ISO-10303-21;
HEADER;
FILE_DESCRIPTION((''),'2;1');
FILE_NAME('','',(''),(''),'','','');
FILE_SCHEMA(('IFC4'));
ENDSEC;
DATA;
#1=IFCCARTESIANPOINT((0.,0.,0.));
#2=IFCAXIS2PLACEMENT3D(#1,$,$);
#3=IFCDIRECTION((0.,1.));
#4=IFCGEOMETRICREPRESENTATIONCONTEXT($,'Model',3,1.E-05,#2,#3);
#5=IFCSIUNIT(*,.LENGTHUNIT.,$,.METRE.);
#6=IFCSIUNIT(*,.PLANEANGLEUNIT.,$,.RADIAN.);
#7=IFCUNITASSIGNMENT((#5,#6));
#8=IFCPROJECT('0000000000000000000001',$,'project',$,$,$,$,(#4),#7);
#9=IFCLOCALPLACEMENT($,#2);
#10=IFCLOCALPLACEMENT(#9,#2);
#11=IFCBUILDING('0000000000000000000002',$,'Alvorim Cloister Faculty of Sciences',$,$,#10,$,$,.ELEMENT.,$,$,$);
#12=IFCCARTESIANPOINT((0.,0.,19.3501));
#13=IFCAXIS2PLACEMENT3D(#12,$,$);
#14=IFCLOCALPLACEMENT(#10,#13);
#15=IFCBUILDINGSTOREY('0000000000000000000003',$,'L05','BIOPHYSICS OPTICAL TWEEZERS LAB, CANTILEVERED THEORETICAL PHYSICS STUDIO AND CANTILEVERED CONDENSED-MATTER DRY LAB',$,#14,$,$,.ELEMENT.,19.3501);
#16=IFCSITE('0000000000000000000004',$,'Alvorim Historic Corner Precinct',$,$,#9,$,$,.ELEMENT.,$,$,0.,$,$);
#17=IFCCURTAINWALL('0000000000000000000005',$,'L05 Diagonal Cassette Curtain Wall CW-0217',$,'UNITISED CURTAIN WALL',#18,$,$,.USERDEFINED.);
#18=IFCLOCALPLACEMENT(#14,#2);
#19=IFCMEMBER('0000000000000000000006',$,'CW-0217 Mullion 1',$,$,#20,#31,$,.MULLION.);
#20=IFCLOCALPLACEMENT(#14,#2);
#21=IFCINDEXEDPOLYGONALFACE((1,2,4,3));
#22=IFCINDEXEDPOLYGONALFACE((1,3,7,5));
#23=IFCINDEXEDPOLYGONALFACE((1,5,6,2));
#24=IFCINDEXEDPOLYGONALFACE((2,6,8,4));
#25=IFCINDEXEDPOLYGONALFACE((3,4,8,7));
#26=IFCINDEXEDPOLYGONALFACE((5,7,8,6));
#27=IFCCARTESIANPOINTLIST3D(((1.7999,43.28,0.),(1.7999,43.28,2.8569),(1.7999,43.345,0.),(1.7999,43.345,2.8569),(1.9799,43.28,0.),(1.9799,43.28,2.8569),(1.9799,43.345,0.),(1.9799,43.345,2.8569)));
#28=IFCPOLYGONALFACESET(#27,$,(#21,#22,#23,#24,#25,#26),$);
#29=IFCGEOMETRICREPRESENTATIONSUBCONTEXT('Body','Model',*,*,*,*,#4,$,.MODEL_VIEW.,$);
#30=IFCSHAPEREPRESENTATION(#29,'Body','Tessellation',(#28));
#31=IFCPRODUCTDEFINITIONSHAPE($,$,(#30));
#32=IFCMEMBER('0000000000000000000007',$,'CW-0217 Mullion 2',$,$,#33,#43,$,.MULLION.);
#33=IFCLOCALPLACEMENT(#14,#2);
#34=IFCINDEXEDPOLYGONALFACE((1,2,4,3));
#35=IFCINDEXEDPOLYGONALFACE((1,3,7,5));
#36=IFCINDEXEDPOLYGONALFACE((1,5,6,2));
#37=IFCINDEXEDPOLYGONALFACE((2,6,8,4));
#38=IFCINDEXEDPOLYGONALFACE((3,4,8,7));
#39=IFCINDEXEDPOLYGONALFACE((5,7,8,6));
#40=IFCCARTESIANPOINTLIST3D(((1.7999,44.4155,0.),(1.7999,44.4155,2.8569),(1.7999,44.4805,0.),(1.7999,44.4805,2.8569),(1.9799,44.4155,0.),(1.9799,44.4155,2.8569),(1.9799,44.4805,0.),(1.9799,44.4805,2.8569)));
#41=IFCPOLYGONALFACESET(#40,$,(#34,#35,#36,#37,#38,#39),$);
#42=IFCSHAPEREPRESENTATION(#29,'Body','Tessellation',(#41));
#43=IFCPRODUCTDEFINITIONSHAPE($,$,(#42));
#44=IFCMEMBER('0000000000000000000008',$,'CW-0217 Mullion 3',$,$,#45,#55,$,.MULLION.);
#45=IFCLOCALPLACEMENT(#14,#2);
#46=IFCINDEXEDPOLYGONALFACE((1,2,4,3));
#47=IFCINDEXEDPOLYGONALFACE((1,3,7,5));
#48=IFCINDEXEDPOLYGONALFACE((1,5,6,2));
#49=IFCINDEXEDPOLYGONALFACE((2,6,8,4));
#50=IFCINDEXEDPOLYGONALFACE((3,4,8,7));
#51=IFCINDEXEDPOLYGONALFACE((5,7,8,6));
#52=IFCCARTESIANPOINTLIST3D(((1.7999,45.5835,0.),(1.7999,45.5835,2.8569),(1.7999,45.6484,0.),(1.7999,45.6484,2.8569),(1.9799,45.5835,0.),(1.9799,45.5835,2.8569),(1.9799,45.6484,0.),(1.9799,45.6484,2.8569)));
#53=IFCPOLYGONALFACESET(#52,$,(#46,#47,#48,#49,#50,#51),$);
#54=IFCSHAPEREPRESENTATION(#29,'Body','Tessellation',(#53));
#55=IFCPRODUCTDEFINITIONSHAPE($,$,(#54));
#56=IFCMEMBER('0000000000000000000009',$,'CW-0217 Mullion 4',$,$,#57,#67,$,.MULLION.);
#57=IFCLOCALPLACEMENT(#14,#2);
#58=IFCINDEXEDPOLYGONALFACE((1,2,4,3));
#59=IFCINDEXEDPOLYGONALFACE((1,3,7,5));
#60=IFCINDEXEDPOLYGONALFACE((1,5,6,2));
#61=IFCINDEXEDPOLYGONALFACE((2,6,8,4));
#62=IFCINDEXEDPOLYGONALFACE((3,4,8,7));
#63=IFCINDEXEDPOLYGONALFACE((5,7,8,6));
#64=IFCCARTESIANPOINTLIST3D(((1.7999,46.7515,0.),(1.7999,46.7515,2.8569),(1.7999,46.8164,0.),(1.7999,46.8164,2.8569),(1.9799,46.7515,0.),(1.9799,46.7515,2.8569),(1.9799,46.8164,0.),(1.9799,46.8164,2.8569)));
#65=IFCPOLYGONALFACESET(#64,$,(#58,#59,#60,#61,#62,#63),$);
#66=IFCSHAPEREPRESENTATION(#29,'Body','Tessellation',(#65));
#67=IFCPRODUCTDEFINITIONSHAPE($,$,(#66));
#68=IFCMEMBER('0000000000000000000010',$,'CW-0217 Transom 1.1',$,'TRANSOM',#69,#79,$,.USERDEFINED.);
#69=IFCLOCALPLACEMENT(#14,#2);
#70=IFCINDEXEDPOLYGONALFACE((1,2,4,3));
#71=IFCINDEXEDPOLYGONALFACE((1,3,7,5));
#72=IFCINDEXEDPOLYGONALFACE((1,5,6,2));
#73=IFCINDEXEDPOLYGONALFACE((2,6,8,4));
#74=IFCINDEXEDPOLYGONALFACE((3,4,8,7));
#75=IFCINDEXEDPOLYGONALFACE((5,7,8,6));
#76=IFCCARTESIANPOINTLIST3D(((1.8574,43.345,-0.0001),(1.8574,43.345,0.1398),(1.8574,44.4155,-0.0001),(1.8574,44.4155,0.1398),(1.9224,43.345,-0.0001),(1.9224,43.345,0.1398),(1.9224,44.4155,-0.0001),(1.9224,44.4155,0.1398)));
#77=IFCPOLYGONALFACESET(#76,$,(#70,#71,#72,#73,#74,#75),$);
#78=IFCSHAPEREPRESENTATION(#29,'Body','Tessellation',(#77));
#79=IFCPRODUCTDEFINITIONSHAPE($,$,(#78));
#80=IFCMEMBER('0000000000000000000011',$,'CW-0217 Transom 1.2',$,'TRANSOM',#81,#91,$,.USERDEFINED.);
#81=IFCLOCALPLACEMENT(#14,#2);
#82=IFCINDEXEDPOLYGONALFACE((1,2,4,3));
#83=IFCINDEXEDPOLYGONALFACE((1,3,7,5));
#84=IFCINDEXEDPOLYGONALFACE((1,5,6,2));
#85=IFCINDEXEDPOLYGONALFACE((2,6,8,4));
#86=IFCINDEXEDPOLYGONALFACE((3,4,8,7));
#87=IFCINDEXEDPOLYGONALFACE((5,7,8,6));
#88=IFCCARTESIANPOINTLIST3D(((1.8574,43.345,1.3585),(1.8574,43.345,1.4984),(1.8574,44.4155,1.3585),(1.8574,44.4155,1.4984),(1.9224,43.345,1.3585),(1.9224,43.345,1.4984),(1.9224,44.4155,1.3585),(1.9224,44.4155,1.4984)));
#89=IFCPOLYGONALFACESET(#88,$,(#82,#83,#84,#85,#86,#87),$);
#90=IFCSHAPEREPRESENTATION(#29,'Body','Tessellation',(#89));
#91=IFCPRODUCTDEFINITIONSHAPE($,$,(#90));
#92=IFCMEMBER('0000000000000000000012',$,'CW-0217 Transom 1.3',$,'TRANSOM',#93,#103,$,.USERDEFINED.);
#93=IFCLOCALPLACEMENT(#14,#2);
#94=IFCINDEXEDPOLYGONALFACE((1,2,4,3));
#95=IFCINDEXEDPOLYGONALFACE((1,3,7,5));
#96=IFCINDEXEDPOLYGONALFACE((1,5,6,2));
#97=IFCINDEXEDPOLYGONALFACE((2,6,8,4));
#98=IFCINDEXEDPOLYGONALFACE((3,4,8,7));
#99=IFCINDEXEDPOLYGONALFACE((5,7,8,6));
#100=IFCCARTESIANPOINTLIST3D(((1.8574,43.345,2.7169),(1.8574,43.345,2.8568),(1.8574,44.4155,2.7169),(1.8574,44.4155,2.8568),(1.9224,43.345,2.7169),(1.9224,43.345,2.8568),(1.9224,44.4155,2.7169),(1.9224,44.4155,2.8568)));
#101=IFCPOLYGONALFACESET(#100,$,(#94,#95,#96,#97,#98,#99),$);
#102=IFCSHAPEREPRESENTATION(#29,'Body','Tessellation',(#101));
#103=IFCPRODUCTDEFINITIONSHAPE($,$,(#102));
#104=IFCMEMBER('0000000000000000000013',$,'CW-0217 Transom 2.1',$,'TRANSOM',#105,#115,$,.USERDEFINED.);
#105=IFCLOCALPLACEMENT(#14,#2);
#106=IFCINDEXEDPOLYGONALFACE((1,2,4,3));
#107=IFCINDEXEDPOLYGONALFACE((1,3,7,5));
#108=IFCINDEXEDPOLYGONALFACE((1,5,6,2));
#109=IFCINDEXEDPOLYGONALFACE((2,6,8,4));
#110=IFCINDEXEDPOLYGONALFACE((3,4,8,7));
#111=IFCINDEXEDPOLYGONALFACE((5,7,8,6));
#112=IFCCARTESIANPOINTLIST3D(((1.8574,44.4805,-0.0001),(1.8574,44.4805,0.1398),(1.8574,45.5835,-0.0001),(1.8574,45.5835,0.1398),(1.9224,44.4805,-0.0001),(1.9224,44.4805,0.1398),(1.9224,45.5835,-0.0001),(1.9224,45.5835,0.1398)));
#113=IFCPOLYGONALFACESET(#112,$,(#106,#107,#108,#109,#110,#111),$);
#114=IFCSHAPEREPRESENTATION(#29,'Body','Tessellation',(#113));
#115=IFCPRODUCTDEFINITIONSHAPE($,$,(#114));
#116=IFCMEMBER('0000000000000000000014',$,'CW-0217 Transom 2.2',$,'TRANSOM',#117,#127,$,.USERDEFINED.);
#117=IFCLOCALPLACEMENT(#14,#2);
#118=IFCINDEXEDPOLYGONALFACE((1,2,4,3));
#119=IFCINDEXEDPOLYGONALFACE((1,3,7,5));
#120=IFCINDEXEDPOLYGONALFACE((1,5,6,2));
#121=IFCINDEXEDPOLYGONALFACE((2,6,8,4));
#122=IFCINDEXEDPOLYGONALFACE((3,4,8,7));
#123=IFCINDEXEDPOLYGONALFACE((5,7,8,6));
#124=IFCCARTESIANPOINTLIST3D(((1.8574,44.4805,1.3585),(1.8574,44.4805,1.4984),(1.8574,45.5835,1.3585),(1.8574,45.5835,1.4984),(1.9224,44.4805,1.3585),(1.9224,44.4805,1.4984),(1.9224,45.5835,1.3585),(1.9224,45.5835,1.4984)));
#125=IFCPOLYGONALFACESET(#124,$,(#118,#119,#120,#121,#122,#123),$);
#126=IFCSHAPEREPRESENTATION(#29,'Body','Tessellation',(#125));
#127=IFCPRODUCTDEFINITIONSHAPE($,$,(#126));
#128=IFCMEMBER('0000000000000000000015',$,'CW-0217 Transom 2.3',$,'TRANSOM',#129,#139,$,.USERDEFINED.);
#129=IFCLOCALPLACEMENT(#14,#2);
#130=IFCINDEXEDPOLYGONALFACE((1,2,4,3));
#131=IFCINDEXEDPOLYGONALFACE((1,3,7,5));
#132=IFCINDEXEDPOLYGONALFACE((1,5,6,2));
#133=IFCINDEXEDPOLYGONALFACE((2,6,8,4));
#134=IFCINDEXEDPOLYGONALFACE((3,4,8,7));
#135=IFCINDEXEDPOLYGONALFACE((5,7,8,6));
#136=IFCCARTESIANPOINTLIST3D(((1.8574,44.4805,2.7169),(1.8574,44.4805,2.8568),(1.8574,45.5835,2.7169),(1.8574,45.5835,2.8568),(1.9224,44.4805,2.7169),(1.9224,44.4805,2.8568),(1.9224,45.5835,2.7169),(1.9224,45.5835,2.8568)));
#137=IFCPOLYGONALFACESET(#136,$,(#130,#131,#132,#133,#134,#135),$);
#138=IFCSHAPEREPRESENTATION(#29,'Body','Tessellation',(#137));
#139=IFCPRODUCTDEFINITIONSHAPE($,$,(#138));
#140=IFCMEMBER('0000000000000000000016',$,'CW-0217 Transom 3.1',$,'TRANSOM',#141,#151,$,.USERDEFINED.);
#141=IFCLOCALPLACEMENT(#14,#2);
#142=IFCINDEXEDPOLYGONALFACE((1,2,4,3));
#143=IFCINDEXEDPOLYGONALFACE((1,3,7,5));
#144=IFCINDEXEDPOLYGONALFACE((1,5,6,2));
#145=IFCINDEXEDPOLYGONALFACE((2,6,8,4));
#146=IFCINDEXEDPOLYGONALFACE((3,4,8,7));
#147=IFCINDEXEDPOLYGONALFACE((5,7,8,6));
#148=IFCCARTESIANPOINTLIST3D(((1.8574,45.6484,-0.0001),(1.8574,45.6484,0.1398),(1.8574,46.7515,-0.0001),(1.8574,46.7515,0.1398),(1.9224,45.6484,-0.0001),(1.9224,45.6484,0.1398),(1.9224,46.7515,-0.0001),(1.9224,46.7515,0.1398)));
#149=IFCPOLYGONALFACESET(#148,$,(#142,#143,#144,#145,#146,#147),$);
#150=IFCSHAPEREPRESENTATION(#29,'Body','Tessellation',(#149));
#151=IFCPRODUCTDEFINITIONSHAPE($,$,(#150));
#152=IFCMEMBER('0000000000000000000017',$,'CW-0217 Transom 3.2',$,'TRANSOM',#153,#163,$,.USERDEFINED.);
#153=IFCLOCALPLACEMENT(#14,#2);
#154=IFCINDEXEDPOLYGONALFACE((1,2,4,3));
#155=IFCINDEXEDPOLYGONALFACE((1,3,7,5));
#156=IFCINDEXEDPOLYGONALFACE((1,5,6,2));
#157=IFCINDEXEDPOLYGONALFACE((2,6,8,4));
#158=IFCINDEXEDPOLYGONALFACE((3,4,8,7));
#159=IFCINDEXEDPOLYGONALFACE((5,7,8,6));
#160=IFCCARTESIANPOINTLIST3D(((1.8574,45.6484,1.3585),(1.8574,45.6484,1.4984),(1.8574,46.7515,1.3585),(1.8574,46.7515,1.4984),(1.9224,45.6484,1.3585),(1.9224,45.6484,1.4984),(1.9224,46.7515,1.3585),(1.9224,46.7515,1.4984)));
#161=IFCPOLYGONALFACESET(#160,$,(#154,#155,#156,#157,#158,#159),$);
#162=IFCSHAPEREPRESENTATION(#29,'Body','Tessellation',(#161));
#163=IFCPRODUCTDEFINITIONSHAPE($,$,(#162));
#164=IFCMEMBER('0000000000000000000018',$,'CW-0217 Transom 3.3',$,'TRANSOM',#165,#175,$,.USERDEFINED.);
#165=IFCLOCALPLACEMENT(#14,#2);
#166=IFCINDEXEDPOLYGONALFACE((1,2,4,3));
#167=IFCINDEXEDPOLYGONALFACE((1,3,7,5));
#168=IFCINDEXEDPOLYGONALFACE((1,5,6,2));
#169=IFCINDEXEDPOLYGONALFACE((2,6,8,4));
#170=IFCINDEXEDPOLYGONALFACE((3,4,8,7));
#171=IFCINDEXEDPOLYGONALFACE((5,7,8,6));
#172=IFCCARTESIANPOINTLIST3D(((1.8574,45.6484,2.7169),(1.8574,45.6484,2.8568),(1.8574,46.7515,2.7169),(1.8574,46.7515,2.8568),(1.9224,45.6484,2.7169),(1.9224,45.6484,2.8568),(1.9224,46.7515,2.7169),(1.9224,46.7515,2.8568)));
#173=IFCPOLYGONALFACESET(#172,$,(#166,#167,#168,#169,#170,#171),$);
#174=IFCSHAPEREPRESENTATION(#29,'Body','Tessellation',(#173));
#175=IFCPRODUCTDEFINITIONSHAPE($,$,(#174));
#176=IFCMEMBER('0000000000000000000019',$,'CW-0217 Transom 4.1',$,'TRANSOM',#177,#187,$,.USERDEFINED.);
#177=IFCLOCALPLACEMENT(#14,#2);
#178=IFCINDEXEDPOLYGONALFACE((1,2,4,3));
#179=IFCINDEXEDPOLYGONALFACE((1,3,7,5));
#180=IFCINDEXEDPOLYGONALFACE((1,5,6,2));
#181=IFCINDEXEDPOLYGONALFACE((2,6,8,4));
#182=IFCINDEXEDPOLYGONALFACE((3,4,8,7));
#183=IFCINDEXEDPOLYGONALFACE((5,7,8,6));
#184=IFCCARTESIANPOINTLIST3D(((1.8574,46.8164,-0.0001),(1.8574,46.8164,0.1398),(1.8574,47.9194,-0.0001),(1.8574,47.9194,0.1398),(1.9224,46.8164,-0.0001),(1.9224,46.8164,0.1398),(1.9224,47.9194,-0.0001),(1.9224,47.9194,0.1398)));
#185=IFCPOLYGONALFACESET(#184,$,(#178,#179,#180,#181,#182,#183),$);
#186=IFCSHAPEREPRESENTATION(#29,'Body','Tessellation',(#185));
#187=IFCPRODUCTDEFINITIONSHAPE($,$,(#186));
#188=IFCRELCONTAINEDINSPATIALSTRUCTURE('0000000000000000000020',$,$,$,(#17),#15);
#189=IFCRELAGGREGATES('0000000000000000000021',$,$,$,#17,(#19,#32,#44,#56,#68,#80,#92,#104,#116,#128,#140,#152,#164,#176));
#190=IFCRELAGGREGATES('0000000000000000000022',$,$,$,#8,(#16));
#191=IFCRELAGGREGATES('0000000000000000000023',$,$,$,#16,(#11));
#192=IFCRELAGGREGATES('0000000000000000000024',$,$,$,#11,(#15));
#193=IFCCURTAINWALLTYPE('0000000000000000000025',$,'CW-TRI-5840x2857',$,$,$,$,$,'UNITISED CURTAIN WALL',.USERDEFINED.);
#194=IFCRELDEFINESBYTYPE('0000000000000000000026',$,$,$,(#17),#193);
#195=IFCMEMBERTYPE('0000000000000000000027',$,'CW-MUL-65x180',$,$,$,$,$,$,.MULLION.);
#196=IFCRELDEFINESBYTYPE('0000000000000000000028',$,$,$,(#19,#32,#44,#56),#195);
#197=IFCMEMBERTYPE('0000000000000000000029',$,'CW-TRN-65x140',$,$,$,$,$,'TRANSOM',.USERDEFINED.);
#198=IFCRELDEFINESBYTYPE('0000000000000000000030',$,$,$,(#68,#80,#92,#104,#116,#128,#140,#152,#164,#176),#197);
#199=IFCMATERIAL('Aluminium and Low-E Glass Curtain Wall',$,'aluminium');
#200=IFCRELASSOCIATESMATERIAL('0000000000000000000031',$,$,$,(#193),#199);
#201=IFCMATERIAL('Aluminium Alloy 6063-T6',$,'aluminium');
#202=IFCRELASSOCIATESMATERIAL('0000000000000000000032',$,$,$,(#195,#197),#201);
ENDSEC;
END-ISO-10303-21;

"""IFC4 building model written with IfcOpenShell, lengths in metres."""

from ifc_helpers import new_model, si_unit, direction, frame, origin, origin_2d, place, context, subcontext, project, spatial, rectangle, extrude, material, material_profile, profile_set, type_object, element, aggregate, save


model = new_model("IFC4")

# Units and contexts
model_context = context("Model", 3, precision=1e-05, world=origin(), true_north=direction((0.0, 1.0)))
body_context = subcontext(model_context, "Body", "Model", "MODEL_VIEW")
ifc_project = project(units=[si_unit("LENGTHUNIT", "METRE"), si_unit("PLANEANGLEUNIT", "RADIAN")], contexts=[model_context])

# Site, building, storey
site_placement = place(None, origin())
site = spatial("IfcSite", under=ifc_project, at=site_placement, Name="Alvorim Historic Corner Precinct", CompositionType="ELEMENT", RefElevation=0.0)
building_placement = place(site_placement, origin())
building = spatial("IfcBuilding", under=site, at=building_placement, Name="Alvorim Cloister Faculty of Sciences", CompositionType="ELEMENT")
storey_placement = place(building_placement, frame((0.0, 0.0, 19.3501)))
storey = spatial("IfcBuildingStorey", under=building, at=storey_placement, Name="L05", Description="BIOPHYSICS OPTICAL TWEEZERS LAB, CANTILEVERED THEORETICAL PHYSICS STUDIO AND CANTILEVERED CONDENSED-MATTER DRY LAB", CompositionType="ELEMENT", Elevation=19.3501)

# Curtain wall, members
ifc_material_1 = material(Name="Aluminium and Low-E Glass Curtain Wall", Category="aluminium")
curtain_wall_type = type_object("IfcCurtainWallType", Name="CW-TRI-5840x2857", ElementType="UNITISED CURTAIN WALL", PredefinedType="USERDEFINED", material=ifc_material_1)
curtain_wall_placement = place(storey_placement, origin())
curtain_wall = element("IfcCurtainWall", 1, at=curtain_wall_placement, inside=storey, type_object=curtain_wall_type, Name="L05 Diagonal Cassette Curtain Wall CW-0217", ObjectType="UNITISED CURTAIN WALL", PredefinedType="USERDEFINED")
ifc_material_2 = material(Name="Aluminium Alloy 6063-T6", Category="aluminium")
ifc_material_profile_1 = material_profile(ifc_material_2, rectangle(XDim=0.0649, YDim=0.1799, at=origin_2d()), Name="ALU-MUL-65x180")
ifc_profile_set_1 = profile_set([ifc_material_profile_1], Name="Aluminium Alloy 6063-T6")
member_type_1 = type_object("IfcMemberType", Name="CW-MUL-65x180", PredefinedType="MULLION", material=ifc_profile_set_1)
member_1_placement = place(storey_placement, frame((1.8899, 43.3125, 0.0), z_axis=(0.0, 0.0, 1.0), x_axis=(0.0, 1.0, 0.0)))
member_1 = element("IfcMember", 2, at=member_1_placement, type_object=member_type_1, Name="CW-0217 Mullion 1", PredefinedType="MULLION", context=body_context, shape_type="SweptSolid", body=[
    extrude(rectangle(XDim=0.0649, YDim=0.1799, at=origin_2d()), origin(), (0.0, 0.0, 1.0), 2.8569),
])
member_2_placement = place(storey_placement, frame((1.8899, 44.448, 0.0), z_axis=(0.0, 0.0, 1.0), x_axis=(0.0, 1.0, 0.0)))
member_2 = element("IfcMember", 3, at=member_2_placement, type_object=member_type_1, Name="CW-0217 Mullion 2", PredefinedType="MULLION", context=body_context, shape_type="SweptSolid", body=[
    extrude(rectangle(XDim=0.0649, YDim=0.1799, at=origin_2d()), origin(), (0.0, 0.0, 1.0), 2.8569),
])
member_3_placement = place(storey_placement, frame((1.8899, 45.616, 0.0), z_axis=(0.0, 0.0, 1.0), x_axis=(0.0, 1.0, 0.0)))
member_3 = element("IfcMember", 4, at=member_3_placement, type_object=member_type_1, Name="CW-0217 Mullion 3", PredefinedType="MULLION", context=body_context, shape_type="SweptSolid", body=[
    extrude(rectangle(XDim=0.0649, YDim=0.1799, at=origin_2d()), origin(), (0.0, 0.0, 1.0), 2.8569),
])
member_4_placement = place(storey_placement, frame((1.8899, 46.7839, 0.0), z_axis=(0.0, 0.0, 1.0), x_axis=(0.0, 1.0, 0.0)))
member_4 = element("IfcMember", 5, at=member_4_placement, type_object=member_type_1, Name="CW-0217 Mullion 4", PredefinedType="MULLION", context=body_context, shape_type="SweptSolid", body=[
    extrude(rectangle(XDim=0.0649, YDim=0.1799, at=origin_2d()), origin(), (0.0, 0.0, 1.0), 2.8569),
])
ifc_material_profile_2 = material_profile(ifc_material_2, rectangle(XDim=0.0649, YDim=0.1399, at=origin_2d()), Name="ALU-TRN-65x140")
ifc_profile_set_2 = profile_set([ifc_material_profile_2], Name="Aluminium Alloy 6063-T6")
member_type_2 = type_object("IfcMemberType", Name="CW-TRN-65x140", ElementType="TRANSOM", PredefinedType="USERDEFINED", material=ifc_profile_set_2)
member_5_placement = place(storey_placement, frame((1.8899, 43.345, 0.0698), z_axis=(0.0, 1.0, 0.0), x_axis=(-1.0, 0.0, 0.0)))
member_5 = element("IfcMember", 6, at=member_5_placement, type_object=member_type_2, Name="CW-0217 Transom 1.1", ObjectType="TRANSOM", PredefinedType="USERDEFINED", context=body_context, shape_type="SweptSolid", body=[
    extrude(rectangle(XDim=0.0649, YDim=0.1399, at=origin_2d()), origin(), (0.0, 0.0, 1.0), 1.0706),
])
member_6_placement = place(storey_placement, frame((1.8899, 43.345, 1.4285), z_axis=(0.0, 1.0, 0.0), x_axis=(-1.0, 0.0, 0.0)))
member_6 = element("IfcMember", 7, at=member_6_placement, type_object=member_type_2, Name="CW-0217 Transom 1.2", ObjectType="TRANSOM", PredefinedType="USERDEFINED", context=body_context, shape_type="SweptSolid", body=[
    extrude(rectangle(XDim=0.0649, YDim=0.1399, at=origin_2d()), origin(), (0.0, 0.0, 1.0), 1.0706),
])
member_7_placement = place(storey_placement, frame((1.8899, 43.345, 2.7869), z_axis=(0.0, 1.0, 0.0), x_axis=(-1.0, 0.0, 0.0)))
member_7 = element("IfcMember", 8, at=member_7_placement, type_object=member_type_2, Name="CW-0217 Transom 1.3", ObjectType="TRANSOM", PredefinedType="USERDEFINED", context=body_context, shape_type="SweptSolid", body=[
    extrude(rectangle(XDim=0.0649, YDim=0.1399, at=origin_2d()), origin(), (0.0, 0.0, 1.0), 1.0706),
])
member_8_placement = place(storey_placement, frame((1.8899, 44.4805, 0.0698), z_axis=(0.0, 1.0, 0.0), x_axis=(-1.0, 0.0, 0.0)))
member_8 = element("IfcMember", 9, at=member_8_placement, type_object=member_type_2, Name="CW-0217 Transom 2.1", ObjectType="TRANSOM", PredefinedType="USERDEFINED", context=body_context, shape_type="SweptSolid", body=[
    extrude(rectangle(XDim=0.0649, YDim=0.1399, at=origin_2d()), origin(), (0.0, 0.0, 1.0), 1.103),
])
member_9_placement = place(storey_placement, frame((1.8899, 44.4805, 1.4285), z_axis=(0.0, 1.0, 0.0), x_axis=(-1.0, 0.0, 0.0)))
member_9 = element("IfcMember", 10, at=member_9_placement, type_object=member_type_2, Name="CW-0217 Transom 2.2", ObjectType="TRANSOM", PredefinedType="USERDEFINED", context=body_context, shape_type="SweptSolid", body=[
    extrude(rectangle(XDim=0.0649, YDim=0.1399, at=origin_2d()), origin(), (0.0, 0.0, 1.0), 1.103),
])
member_10_placement = place(storey_placement, frame((1.8899, 44.4805, 2.7869), z_axis=(0.0, 1.0, 0.0), x_axis=(-1.0, 0.0, 0.0)))
member_10 = element("IfcMember", 11, at=member_10_placement, type_object=member_type_2, Name="CW-0217 Transom 2.3", ObjectType="TRANSOM", PredefinedType="USERDEFINED", context=body_context, shape_type="SweptSolid", body=[
    extrude(rectangle(XDim=0.0649, YDim=0.1399, at=origin_2d()), origin(), (0.0, 0.0, 1.0), 1.103),
])
member_11_placement = place(storey_placement, frame((1.8899, 45.6484, 0.0698), z_axis=(0.0, 1.0, 0.0), x_axis=(-1.0, 0.0, 0.0)))
member_11 = element("IfcMember", 12, at=member_11_placement, type_object=member_type_2, Name="CW-0217 Transom 3.1", ObjectType="TRANSOM", PredefinedType="USERDEFINED", context=body_context, shape_type="SweptSolid", body=[
    extrude(rectangle(XDim=0.0649, YDim=0.1399, at=origin_2d()), origin(), (0.0, 0.0, 1.0), 1.103),
])
member_12_placement = place(storey_placement, frame((1.8899, 45.6484, 1.4285), z_axis=(0.0, 1.0, 0.0), x_axis=(-1.0, 0.0, 0.0)))
member_12 = element("IfcMember", 13, at=member_12_placement, type_object=member_type_2, Name="CW-0217 Transom 3.2", ObjectType="TRANSOM", PredefinedType="USERDEFINED", context=body_context, shape_type="SweptSolid", body=[
    extrude(rectangle(XDim=0.0649, YDim=0.1399, at=origin_2d()), origin(), (0.0, 0.0, 1.0), 1.103),
])
member_13_placement = place(storey_placement, frame((1.8899, 45.6484, 2.7869), z_axis=(0.0, 1.0, 0.0), x_axis=(-1.0, 0.0, 0.0)))
member_13 = element("IfcMember", 14, at=member_13_placement, type_object=member_type_2, Name="CW-0217 Transom 3.3", ObjectType="TRANSOM", PredefinedType="USERDEFINED", context=body_context, shape_type="SweptSolid", body=[
    extrude(rectangle(XDim=0.0649, YDim=0.1399, at=origin_2d()), origin(), (0.0, 0.0, 1.0), 1.103),
])
member_14_placement = place(storey_placement, frame((1.8899, 46.8164, 0.0698), z_axis=(0.0, 1.0, 0.0), x_axis=(-1.0, 0.0, 0.0)))
member_14 = element("IfcMember", 15, at=member_14_placement, type_object=member_type_2, Name="CW-0217 Transom 4.1", ObjectType="TRANSOM", PredefinedType="USERDEFINED", context=body_context, shape_type="SweptSolid", body=[
    extrude(rectangle(XDim=0.0649, YDim=0.1399, at=origin_2d()), origin(), (0.0, 0.0, 1.0), 1.103),
])
aggregate(curtain_wall, [member_1, member_2, member_3, member_4, member_5, member_6, member_7, member_8, member_9, member_10, member_11, member_12, member_13, member_14])

save(model, "model.ifc")
